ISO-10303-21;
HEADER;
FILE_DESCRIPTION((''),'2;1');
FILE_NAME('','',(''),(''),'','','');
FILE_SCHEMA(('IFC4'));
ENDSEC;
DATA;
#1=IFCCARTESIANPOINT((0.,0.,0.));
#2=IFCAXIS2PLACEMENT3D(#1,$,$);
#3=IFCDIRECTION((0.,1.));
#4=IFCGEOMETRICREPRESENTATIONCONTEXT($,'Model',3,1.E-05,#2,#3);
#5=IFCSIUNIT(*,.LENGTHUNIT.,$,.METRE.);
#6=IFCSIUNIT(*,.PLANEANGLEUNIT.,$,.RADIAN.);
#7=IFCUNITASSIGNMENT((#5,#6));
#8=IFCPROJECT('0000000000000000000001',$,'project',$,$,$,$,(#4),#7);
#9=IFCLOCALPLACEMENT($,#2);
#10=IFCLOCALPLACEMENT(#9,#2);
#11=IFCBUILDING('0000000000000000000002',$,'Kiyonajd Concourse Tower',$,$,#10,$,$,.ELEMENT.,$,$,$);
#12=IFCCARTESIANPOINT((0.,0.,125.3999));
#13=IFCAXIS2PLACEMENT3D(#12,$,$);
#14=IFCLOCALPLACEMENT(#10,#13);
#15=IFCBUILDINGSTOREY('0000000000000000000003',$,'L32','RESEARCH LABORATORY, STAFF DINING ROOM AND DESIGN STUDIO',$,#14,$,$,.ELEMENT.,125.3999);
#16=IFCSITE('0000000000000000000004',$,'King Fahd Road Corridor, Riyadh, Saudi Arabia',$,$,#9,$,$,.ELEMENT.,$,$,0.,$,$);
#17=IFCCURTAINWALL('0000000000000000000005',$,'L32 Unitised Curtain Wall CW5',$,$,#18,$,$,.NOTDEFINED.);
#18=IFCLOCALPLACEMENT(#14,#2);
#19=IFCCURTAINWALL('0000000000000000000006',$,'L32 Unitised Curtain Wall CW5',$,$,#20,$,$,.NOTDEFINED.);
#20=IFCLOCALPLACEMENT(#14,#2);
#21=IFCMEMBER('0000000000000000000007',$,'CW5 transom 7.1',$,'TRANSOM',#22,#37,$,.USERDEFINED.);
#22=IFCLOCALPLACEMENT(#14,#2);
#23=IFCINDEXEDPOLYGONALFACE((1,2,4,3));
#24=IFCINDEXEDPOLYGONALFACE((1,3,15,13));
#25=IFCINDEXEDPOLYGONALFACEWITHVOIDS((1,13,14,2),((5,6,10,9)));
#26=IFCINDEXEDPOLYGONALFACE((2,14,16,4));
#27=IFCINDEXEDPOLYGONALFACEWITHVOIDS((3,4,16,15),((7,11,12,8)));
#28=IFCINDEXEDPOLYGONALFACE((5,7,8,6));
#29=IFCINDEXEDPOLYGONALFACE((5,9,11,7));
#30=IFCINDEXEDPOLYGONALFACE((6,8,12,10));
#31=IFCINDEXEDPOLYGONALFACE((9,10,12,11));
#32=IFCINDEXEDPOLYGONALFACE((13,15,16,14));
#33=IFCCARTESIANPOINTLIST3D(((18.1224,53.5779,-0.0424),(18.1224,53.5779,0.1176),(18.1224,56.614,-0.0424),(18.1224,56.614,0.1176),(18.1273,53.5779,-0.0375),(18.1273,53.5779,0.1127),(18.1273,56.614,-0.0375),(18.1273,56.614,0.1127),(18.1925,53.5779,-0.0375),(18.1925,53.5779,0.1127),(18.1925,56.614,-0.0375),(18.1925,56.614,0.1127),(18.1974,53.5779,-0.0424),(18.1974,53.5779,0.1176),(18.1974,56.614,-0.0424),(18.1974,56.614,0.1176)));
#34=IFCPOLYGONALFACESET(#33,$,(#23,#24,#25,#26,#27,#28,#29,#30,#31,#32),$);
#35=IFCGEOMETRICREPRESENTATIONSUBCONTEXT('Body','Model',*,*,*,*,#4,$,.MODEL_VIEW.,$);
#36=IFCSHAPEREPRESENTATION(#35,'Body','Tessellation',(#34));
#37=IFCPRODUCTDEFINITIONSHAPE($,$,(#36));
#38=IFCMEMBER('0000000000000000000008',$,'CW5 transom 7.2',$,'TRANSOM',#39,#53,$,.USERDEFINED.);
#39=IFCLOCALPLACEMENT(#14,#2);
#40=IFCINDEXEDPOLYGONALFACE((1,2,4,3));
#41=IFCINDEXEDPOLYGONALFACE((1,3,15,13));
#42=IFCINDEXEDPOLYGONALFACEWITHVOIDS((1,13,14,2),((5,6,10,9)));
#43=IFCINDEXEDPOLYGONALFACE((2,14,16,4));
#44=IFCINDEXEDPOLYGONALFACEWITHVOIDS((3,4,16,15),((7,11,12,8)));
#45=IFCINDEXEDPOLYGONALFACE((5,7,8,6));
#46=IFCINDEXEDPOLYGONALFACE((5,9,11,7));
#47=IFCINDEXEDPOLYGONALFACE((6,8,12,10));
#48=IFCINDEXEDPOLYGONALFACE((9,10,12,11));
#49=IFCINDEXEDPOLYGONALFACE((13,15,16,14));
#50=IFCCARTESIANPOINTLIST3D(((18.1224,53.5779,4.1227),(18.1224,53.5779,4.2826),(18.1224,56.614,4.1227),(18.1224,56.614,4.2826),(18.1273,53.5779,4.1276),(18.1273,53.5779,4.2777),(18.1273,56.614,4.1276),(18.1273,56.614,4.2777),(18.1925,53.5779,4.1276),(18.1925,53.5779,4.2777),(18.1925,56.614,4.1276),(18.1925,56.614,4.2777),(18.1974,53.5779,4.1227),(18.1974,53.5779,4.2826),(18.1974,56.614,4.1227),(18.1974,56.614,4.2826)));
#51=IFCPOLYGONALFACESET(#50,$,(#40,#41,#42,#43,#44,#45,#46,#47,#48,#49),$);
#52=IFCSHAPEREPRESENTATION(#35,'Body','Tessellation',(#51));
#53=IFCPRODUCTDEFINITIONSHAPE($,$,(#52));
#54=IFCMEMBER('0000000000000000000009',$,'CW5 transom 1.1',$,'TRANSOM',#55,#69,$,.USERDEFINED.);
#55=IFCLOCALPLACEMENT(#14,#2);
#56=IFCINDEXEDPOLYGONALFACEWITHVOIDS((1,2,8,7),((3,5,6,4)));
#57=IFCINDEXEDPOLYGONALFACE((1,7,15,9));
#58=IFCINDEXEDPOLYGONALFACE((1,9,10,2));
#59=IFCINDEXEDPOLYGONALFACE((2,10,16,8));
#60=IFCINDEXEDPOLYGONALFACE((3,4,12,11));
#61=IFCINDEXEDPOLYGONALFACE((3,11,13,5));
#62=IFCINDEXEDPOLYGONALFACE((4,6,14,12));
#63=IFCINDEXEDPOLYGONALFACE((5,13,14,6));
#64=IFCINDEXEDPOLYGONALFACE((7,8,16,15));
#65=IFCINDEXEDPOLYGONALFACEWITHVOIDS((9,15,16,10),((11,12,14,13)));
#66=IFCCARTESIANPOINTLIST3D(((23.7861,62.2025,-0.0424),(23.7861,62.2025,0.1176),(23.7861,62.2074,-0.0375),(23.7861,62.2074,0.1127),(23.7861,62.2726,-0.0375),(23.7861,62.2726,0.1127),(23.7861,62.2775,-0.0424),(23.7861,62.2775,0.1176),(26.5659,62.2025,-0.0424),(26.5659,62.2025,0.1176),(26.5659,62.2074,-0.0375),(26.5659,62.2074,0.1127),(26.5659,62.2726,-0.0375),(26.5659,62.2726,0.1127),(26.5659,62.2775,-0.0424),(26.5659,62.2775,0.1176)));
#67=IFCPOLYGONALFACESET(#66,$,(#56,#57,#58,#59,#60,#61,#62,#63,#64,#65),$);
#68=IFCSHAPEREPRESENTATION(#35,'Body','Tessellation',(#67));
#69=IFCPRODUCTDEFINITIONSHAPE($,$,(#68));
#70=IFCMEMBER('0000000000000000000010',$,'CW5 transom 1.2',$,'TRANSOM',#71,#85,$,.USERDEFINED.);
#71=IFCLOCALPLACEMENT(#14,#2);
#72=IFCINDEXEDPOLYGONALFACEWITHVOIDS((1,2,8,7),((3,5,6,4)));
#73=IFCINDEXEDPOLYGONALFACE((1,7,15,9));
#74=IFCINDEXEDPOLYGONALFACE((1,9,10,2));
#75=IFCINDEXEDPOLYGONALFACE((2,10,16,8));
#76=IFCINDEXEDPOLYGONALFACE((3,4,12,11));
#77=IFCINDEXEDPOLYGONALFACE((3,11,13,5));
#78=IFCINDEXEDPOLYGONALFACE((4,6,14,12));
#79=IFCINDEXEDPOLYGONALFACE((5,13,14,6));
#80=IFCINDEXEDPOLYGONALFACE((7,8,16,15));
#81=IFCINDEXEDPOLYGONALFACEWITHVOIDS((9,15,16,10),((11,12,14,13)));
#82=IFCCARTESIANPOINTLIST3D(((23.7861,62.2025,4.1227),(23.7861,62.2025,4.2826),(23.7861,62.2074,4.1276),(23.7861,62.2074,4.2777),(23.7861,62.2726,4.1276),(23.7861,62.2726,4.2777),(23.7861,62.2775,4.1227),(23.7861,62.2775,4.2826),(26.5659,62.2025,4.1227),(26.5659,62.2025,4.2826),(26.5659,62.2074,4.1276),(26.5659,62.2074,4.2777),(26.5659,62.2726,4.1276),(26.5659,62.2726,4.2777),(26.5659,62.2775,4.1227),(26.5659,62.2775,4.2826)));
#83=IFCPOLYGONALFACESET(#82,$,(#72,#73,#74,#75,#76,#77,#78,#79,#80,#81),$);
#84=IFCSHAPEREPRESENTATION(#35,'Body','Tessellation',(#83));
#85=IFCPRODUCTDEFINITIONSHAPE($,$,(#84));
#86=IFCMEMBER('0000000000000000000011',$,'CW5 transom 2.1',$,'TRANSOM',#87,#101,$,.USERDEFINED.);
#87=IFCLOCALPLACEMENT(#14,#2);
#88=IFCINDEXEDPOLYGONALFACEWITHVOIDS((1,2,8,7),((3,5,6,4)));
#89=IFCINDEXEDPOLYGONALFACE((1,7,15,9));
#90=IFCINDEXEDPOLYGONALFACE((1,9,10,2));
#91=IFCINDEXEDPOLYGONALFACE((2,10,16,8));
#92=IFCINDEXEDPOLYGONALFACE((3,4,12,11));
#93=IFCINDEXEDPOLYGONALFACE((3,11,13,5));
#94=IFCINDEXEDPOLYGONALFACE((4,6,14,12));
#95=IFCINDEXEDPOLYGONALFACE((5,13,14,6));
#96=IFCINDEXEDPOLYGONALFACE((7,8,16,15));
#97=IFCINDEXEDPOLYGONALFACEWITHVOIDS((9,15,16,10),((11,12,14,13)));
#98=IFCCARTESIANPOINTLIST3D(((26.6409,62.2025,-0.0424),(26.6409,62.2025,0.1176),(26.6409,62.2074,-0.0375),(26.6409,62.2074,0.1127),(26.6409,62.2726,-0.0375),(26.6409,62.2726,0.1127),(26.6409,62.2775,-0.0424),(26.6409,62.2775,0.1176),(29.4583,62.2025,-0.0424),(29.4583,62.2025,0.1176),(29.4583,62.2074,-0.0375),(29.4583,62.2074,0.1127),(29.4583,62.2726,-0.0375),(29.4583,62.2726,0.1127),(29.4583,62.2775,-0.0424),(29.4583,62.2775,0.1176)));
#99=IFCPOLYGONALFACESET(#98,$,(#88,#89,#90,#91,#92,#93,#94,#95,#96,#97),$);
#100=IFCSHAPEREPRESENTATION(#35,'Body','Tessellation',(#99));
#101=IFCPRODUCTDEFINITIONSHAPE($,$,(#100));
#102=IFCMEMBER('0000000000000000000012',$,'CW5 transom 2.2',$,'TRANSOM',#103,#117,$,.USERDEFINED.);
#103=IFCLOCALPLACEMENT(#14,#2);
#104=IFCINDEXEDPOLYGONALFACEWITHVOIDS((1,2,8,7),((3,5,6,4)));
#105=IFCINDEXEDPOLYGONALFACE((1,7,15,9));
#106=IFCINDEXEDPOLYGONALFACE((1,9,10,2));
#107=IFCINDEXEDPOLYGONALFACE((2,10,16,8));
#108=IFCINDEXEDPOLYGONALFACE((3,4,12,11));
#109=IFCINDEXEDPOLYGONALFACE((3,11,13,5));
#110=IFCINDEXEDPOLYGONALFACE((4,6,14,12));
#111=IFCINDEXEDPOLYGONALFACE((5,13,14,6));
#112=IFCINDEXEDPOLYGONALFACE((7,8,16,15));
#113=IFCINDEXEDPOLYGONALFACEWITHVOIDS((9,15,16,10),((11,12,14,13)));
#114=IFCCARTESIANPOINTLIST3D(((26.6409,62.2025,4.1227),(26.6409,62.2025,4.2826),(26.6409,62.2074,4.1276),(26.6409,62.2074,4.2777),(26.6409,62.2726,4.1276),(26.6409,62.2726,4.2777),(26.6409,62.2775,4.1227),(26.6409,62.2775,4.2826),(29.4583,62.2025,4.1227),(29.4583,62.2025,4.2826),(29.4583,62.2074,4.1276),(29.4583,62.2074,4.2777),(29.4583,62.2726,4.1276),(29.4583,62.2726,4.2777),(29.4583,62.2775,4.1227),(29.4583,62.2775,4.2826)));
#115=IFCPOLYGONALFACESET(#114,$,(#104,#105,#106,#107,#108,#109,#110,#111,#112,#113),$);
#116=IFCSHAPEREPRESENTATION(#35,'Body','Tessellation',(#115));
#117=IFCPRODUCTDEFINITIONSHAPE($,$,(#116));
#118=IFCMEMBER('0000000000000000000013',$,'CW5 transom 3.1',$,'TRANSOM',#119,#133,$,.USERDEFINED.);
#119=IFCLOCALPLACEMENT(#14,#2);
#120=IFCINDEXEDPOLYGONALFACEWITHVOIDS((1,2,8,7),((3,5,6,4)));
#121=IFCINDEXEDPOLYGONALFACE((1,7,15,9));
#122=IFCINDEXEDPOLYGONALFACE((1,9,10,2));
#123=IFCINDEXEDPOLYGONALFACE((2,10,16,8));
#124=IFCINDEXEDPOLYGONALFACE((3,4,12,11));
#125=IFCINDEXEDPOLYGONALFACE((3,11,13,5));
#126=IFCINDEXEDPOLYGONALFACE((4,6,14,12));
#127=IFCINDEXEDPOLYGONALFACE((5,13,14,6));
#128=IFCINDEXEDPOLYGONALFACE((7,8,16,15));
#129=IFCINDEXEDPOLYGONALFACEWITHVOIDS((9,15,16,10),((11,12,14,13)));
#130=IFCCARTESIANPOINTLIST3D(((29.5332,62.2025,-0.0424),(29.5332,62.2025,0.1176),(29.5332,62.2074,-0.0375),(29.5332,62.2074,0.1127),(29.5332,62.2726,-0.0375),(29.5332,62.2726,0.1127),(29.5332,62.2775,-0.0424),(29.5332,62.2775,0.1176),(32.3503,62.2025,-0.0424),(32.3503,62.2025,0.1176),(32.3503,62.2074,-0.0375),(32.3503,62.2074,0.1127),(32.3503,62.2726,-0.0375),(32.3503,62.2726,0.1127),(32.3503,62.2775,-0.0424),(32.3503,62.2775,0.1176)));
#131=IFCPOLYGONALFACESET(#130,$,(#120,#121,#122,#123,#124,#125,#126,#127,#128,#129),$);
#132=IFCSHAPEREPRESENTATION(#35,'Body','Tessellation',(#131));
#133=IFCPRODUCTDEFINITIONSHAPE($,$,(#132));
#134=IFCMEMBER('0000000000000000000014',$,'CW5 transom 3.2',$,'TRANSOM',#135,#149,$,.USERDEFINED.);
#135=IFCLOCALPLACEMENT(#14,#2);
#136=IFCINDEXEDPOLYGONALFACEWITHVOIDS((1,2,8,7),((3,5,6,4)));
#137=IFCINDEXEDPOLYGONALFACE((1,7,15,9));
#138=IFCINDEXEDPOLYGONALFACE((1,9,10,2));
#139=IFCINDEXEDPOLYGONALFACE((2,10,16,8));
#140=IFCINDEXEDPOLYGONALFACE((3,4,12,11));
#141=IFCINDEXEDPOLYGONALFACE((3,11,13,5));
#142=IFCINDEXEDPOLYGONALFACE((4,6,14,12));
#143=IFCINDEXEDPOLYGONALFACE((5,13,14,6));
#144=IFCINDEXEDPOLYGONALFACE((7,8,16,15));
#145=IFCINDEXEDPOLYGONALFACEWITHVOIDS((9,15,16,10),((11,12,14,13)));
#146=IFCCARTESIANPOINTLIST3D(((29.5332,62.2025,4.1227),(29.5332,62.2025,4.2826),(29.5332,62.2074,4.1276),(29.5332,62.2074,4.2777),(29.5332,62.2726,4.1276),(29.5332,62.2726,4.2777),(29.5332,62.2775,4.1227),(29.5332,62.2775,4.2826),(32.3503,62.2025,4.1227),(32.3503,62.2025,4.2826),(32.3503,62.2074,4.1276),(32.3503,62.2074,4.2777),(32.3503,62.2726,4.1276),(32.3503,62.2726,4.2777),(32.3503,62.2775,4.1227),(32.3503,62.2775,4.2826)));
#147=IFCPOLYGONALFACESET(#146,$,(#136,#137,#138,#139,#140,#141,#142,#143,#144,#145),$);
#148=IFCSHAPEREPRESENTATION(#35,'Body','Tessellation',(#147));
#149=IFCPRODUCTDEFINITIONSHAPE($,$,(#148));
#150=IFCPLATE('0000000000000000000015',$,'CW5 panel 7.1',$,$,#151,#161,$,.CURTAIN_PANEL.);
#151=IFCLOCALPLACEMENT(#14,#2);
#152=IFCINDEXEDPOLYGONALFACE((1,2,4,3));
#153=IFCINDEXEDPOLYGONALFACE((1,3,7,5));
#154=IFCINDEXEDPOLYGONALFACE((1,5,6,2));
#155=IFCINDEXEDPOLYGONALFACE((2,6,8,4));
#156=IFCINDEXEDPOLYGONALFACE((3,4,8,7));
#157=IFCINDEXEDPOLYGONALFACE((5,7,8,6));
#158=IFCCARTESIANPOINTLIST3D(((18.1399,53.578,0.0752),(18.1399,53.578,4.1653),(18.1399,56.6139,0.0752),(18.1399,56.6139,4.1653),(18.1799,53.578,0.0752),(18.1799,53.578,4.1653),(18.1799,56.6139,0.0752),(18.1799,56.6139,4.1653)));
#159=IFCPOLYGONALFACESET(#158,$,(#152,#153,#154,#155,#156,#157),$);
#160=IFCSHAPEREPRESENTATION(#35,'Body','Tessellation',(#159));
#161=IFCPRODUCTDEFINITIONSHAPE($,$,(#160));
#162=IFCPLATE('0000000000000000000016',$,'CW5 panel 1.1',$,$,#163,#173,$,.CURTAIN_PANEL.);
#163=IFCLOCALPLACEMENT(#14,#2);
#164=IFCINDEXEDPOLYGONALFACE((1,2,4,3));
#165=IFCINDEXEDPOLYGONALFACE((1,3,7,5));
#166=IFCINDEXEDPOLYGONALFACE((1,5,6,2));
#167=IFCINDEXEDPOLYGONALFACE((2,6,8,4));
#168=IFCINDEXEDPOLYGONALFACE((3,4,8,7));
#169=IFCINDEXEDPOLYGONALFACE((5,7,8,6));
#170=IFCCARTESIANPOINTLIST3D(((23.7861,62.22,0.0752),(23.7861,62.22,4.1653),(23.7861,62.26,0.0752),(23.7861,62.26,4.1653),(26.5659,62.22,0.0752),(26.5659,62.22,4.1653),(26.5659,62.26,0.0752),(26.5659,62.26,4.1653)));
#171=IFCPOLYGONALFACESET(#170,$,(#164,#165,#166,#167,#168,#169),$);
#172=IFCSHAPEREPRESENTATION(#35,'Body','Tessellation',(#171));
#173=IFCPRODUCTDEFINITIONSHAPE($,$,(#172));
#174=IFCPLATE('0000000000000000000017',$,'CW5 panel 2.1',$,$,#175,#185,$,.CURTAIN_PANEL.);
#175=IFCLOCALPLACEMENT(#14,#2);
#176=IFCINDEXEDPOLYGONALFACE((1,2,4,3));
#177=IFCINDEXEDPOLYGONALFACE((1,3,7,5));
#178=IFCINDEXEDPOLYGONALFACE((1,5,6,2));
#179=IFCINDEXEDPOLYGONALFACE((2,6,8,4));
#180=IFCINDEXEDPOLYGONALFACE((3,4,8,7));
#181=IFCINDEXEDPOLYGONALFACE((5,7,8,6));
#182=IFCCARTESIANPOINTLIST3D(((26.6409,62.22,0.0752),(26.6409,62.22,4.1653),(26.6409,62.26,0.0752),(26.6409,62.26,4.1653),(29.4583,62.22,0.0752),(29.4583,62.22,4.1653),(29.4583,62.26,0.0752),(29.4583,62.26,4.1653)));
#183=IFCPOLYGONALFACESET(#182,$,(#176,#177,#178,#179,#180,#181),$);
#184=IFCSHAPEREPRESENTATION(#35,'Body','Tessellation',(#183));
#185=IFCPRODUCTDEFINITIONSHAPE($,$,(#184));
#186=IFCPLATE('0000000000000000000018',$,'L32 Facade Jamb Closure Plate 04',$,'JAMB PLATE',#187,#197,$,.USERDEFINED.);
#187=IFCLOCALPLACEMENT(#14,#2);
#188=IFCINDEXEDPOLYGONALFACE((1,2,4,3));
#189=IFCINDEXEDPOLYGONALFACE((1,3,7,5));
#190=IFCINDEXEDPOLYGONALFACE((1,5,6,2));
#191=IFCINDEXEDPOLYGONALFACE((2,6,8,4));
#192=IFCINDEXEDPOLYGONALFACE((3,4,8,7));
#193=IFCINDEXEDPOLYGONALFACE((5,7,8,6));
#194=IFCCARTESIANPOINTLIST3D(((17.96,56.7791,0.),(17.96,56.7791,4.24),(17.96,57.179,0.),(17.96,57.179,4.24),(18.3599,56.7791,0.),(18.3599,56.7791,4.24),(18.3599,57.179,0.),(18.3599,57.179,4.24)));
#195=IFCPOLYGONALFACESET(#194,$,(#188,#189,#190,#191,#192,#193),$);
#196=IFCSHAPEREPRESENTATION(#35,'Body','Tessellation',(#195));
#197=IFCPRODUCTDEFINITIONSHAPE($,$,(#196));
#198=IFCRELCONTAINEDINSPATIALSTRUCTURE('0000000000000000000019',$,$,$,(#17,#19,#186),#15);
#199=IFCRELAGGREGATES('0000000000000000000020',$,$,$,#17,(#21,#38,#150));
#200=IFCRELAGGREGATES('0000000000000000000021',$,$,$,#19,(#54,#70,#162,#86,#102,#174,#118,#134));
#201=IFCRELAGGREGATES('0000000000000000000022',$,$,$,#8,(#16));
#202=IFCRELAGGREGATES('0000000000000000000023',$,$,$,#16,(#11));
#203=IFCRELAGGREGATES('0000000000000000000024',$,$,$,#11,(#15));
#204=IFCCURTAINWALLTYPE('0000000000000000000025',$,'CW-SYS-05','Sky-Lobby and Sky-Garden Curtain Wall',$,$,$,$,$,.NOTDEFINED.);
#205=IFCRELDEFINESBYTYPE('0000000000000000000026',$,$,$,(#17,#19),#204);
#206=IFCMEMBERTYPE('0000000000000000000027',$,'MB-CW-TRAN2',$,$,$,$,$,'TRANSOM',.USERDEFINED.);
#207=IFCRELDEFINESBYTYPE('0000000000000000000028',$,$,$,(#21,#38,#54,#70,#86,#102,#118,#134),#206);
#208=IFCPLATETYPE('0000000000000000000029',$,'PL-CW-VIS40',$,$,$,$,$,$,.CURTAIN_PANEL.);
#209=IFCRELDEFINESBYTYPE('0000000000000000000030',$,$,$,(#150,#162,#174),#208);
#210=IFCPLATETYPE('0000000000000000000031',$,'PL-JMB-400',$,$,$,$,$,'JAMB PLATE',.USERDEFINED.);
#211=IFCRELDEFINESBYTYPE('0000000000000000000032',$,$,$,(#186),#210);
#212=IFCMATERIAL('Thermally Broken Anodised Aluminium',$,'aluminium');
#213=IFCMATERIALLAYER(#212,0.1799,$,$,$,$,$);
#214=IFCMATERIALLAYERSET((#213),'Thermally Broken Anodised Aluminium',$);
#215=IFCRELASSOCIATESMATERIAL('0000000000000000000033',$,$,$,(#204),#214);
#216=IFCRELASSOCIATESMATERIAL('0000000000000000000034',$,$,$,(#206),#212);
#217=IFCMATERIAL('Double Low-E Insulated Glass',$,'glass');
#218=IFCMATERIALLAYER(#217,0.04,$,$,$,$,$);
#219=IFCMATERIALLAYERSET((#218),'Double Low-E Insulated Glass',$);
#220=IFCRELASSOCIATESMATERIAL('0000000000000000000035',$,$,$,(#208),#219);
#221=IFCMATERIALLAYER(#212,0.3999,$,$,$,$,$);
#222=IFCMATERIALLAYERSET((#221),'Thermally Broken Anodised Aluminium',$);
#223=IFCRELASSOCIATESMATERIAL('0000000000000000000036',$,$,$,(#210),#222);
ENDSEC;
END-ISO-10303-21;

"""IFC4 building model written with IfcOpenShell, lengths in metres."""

from ifc_helpers import new_model, si_unit, direction, frame, origin, origin_2d, place, context, subcontext, project, spatial, rectangle, hollow_rectangle, extrude, material, layer, layer_set, material_profile, profile_set, type_object, element, aggregate, save


model = new_model("IFC4")

# Units and contexts
model_context = context("Model", 3, precision=1e-05, world=origin(), true_north=direction((0.0, 1.0)))
body_context = subcontext(model_context, "Body", "Model", "MODEL_VIEW")
ifc_project = project(units=[si_unit("LENGTHUNIT", "METRE"), si_unit("PLANEANGLEUNIT", "RADIAN")], contexts=[model_context])

# Site, building, storey
site_placement = place(None, origin())
site = spatial("IfcSite", under=ifc_project, at=site_placement, Name="King Fahd Road Corridor, Riyadh, Saudi Arabia", CompositionType="ELEMENT", RefElevation=0.0)
building_placement = place(site_placement, origin())
building = spatial("IfcBuilding", under=site, at=building_placement, Name="Kiyonajd Concourse Tower", CompositionType="ELEMENT")
storey_placement = place(building_placement, frame((0.0, 0.0, 125.3999)))
storey = spatial("IfcBuildingStorey", under=building, at=storey_placement, Name="L32", Description="RESEARCH LABORATORY, STAFF DINING ROOM AND DESIGN STUDIO", CompositionType="ELEMENT", Elevation=125.3999)

# Curtain walls
ifc_material_1 = material(Name="Thermally Broken Anodised Aluminium", Category="aluminium")
ifc_layer_1 = layer(ifc_material_1, 0.1799)
ifc_layer_set_1 = layer_set([ifc_layer_1], Name="Thermally Broken Anodised Aluminium")
curtain_wall_type = type_object("IfcCurtainWallType", Name="CW-SYS-05", Description="Sky-Lobby and Sky-Garden Curtain Wall", PredefinedType="NOTDEFINED", material=ifc_layer_set_1)
curtain_wall_1_placement = place(storey_placement, origin())
curtain_wall_1 = element("IfcCurtainWall", 1, at=curtain_wall_1_placement, inside=storey, type_object=curtain_wall_type, Name="L32 Unitised Curtain Wall CW5", PredefinedType="NOTDEFINED")
curtain_wall_2_placement = place(storey_placement, origin())
curtain_wall_2 = element("IfcCurtainWall", 2, at=curtain_wall_2_placement, inside=storey, type_object=curtain_wall_type, Name="L32 Unitised Curtain Wall CW5", PredefinedType="NOTDEFINED")

# Members
ifc_material_profile_1 = material_profile(ifc_material_1, hollow_rectangle(XDim=0.075, YDim=0.1599, WallThickness=0.0049, at=origin_2d()), Name="TRAN-75x160")
ifc_profile_set_1 = profile_set([ifc_material_profile_1], Name="Thermally Broken Anodised Aluminium")
member_type_1 = type_object("IfcMemberType", Name="MB-CW-TRAN2", ElementType="TRANSOM", PredefinedType="USERDEFINED", material=ifc_profile_set_1)
member_1_placement = place(storey_placement, frame((18.1599, 53.5779, 0.0376), z_axis=(0.0, 1.0, 0.0), x_axis=(-1.0, 0.0, 0.0)))
member_1 = element("IfcMember", 3, at=member_1_placement, type_object=member_type_1, Name="CW5 transom 7.1", ObjectType="TRANSOM", PredefinedType="USERDEFINED", context=body_context, shape_type="SweptSolid", body=[
    extrude(hollow_rectangle(XDim=0.075, YDim=0.1599, WallThickness=0.0049, at=origin_2d()), origin(), (0.0, 0.0, 1.0), 3.0361),
])
member_2_placement = place(storey_placement, frame((18.1599, 53.5779, 4.2026), z_axis=(0.0, 1.0, 0.0), x_axis=(-1.0, 0.0, 0.0)))
member_2 = element("IfcMember", 4, at=member_2_placement, type_object=member_type_1, Name="CW5 transom 7.2", ObjectType="TRANSOM", PredefinedType="USERDEFINED", context=body_context, shape_type="SweptSolid", body=[
    extrude(hollow_rectangle(XDim=0.075, YDim=0.1599, WallThickness=0.0049, at=origin_2d()), origin(), (0.0, 0.0, 1.0), 3.0361),
])
member_3_placement = place(storey_placement, frame((23.7861, 62.24, 0.0376), z_axis=(1.0, 0.0, 0.0), x_axis=(0.0, 1.0, 0.0)))
member_3 = element("IfcMember", 5, at=member_3_placement, type_object=member_type_1, Name="CW5 transom 1.1", ObjectType="TRANSOM", PredefinedType="USERDEFINED", context=body_context, shape_type="SweptSolid", body=[
    extrude(hollow_rectangle(XDim=0.075, YDim=0.1599, WallThickness=0.0049, at=origin_2d()), origin(), (0.0, 0.0, 1.0), 2.7798),
])
member_4_placement = place(storey_placement, frame((23.7861, 62.24, 4.2026), z_axis=(1.0, 0.0, 0.0), x_axis=(0.0, 1.0, 0.0)))
member_4 = element("IfcMember", 6, at=member_4_placement, type_object=member_type_1, Name="CW5 transom 1.2", ObjectType="TRANSOM", PredefinedType="USERDEFINED", context=body_context, shape_type="SweptSolid", body=[
    extrude(hollow_rectangle(XDim=0.075, YDim=0.1599, WallThickness=0.0049, at=origin_2d()), origin(), (0.0, 0.0, 1.0), 2.7798),
])
member_5_placement = place(storey_placement, frame((26.6409, 62.24, 0.0376), z_axis=(1.0, 0.0, 0.0), x_axis=(0.0, 1.0, 0.0)))
member_5 = element("IfcMember", 7, at=member_5_placement, type_object=member_type_1, Name="CW5 transom 2.1", ObjectType="TRANSOM", PredefinedType="USERDEFINED", context=body_context, shape_type="SweptSolid", body=[
    extrude(hollow_rectangle(XDim=0.075, YDim=0.1599, WallThickness=0.0049, at=origin_2d()), origin(), (0.0, 0.0, 1.0), 2.8174),
])
member_6_placement = place(storey_placement, frame((26.6409, 62.24, 4.2026), z_axis=(1.0, 0.0, 0.0), x_axis=(0.0, 1.0, 0.0)))
member_6 = element("IfcMember", 8, at=member_6_placement, type_object=member_type_1, Name="CW5 transom 2.2", ObjectType="TRANSOM", PredefinedType="USERDEFINED", context=body_context, shape_type="SweptSolid", body=[
    extrude(hollow_rectangle(XDim=0.075, YDim=0.1599, WallThickness=0.0049, at=origin_2d()), origin(), (0.0, 0.0, 1.0), 2.8174),
])
member_7_placement = place(storey_placement, frame((29.5332, 62.24, 0.0376), z_axis=(1.0, 0.0, 0.0), x_axis=(0.0, 1.0, 0.0)))
member_7 = element("IfcMember", 9, at=member_7_placement, type_object=member_type_1, Name="CW5 transom 3.1", ObjectType="TRANSOM", PredefinedType="USERDEFINED", context=body_context, shape_type="SweptSolid", body=[
    extrude(hollow_rectangle(XDim=0.075, YDim=0.1599, WallThickness=0.0049, at=origin_2d()), origin(), (0.0, 0.0, 1.0), 2.8171),
])
member_8_placement = place(storey_placement, frame((29.5332, 62.24, 4.2026), z_axis=(1.0, 0.0, 0.0), x_axis=(0.0, 1.0, 0.0)))
member_8 = element("IfcMember", 10, at=member_8_placement, type_object=member_type_1, Name="CW5 transom 3.2", ObjectType="TRANSOM", PredefinedType="USERDEFINED", context=body_context, shape_type="SweptSolid", body=[
    extrude(hollow_rectangle(XDim=0.075, YDim=0.1599, WallThickness=0.0049, at=origin_2d()), origin(), (0.0, 0.0, 1.0), 2.8171),
])

# Plates
ifc_material_2 = material(Name="Double Low-E Insulated Glass", Category="glass")
ifc_layer_2 = layer(ifc_material_2, 0.04)
ifc_layer_set_2 = layer_set([ifc_layer_2], Name="Double Low-E Insulated Glass")
plate_type_1 = type_object("IfcPlateType", Name="PL-CW-VIS40", PredefinedType="CURTAIN_PANEL", material=ifc_layer_set_2)
plate_1_placement = place(storey_placement, frame((18.1599, 55.0959, 0.0752), z_axis=(0.0, 0.0, 1.0), x_axis=(0.0, 1.0, 0.0)))
plate_1 = element("IfcPlate", 11, at=plate_1_placement, type_object=plate_type_1, Name="CW5 panel 7.1", PredefinedType="CURTAIN_PANEL", context=body_context, shape_type="SweptSolid", body=[
    extrude(rectangle(XDim=3.0359, YDim=0.04, at=origin_2d()), origin(), (0.0, 0.0, 1.0), 4.0901),
])
aggregate(curtain_wall_1, [member_1, member_2, plate_1])
plate_2_placement = place(storey_placement, frame((25.176, 62.24, 0.0752), z_axis=(0.0, 0.0, 1.0), x_axis=(1.0, 0.0, 0.0)))
plate_2 = element("IfcPlate", 12, at=plate_2_placement, type_object=plate_type_1, Name="CW5 panel 1.1", PredefinedType="CURTAIN_PANEL", context=body_context, shape_type="SweptSolid", body=[
    extrude(rectangle(XDim=2.7798, YDim=0.04, at=origin_2d()), origin(), (0.0, 0.0, 1.0), 4.0901),
])
plate_3_placement = place(storey_placement, frame((28.0496, 62.24, 0.0752), z_axis=(0.0, 0.0, 1.0), x_axis=(1.0, 0.0, 0.0)))
plate_3 = element("IfcPlate", 13, at=plate_3_placement, type_object=plate_type_1, Name="CW5 panel 2.1", PredefinedType="CURTAIN_PANEL", context=body_context, shape_type="SweptSolid", body=[
    extrude(rectangle(XDim=2.8174, YDim=0.04, at=origin_2d()), origin(), (0.0, 0.0, 1.0), 4.0901),
])
aggregate(curtain_wall_2, [member_3, member_4, plate_2, member_5, member_6, plate_3, member_7, member_8])

# Plate
ifc_layer_3 = layer(ifc_material_1, 0.3999)
ifc_layer_set_3 = layer_set([ifc_layer_3], Name="Thermally Broken Anodised Aluminium")
plate_type_2 = type_object("IfcPlateType", Name="PL-JMB-400", ElementType="JAMB PLATE", PredefinedType="USERDEFINED", material=ifc_layer_set_3)
for number, where, z_axis, x_axis, name in (
    (14, (18.1599, 56.979, 0.0), (0.0, 0.0, 1.0), (1.0, 0.0, 0.0), "L32 Facade Jamb Closure Plate 04"),
):
    element("IfcPlate", number, at=place(storey_placement, frame(where, z_axis=z_axis, x_axis=x_axis)), inside=storey, type_object=plate_type_2, Name=name, ObjectType="JAMB PLATE", PredefinedType="USERDEFINED", context=body_context, shape_type="SweptSolid", body=[
        extrude(rectangle(XDim=0.3999, YDim=0.3999, at=origin_2d()), origin(), (0.0, 0.0, 1.0), 4.24),
    ])

save(model, "model.ifc")
